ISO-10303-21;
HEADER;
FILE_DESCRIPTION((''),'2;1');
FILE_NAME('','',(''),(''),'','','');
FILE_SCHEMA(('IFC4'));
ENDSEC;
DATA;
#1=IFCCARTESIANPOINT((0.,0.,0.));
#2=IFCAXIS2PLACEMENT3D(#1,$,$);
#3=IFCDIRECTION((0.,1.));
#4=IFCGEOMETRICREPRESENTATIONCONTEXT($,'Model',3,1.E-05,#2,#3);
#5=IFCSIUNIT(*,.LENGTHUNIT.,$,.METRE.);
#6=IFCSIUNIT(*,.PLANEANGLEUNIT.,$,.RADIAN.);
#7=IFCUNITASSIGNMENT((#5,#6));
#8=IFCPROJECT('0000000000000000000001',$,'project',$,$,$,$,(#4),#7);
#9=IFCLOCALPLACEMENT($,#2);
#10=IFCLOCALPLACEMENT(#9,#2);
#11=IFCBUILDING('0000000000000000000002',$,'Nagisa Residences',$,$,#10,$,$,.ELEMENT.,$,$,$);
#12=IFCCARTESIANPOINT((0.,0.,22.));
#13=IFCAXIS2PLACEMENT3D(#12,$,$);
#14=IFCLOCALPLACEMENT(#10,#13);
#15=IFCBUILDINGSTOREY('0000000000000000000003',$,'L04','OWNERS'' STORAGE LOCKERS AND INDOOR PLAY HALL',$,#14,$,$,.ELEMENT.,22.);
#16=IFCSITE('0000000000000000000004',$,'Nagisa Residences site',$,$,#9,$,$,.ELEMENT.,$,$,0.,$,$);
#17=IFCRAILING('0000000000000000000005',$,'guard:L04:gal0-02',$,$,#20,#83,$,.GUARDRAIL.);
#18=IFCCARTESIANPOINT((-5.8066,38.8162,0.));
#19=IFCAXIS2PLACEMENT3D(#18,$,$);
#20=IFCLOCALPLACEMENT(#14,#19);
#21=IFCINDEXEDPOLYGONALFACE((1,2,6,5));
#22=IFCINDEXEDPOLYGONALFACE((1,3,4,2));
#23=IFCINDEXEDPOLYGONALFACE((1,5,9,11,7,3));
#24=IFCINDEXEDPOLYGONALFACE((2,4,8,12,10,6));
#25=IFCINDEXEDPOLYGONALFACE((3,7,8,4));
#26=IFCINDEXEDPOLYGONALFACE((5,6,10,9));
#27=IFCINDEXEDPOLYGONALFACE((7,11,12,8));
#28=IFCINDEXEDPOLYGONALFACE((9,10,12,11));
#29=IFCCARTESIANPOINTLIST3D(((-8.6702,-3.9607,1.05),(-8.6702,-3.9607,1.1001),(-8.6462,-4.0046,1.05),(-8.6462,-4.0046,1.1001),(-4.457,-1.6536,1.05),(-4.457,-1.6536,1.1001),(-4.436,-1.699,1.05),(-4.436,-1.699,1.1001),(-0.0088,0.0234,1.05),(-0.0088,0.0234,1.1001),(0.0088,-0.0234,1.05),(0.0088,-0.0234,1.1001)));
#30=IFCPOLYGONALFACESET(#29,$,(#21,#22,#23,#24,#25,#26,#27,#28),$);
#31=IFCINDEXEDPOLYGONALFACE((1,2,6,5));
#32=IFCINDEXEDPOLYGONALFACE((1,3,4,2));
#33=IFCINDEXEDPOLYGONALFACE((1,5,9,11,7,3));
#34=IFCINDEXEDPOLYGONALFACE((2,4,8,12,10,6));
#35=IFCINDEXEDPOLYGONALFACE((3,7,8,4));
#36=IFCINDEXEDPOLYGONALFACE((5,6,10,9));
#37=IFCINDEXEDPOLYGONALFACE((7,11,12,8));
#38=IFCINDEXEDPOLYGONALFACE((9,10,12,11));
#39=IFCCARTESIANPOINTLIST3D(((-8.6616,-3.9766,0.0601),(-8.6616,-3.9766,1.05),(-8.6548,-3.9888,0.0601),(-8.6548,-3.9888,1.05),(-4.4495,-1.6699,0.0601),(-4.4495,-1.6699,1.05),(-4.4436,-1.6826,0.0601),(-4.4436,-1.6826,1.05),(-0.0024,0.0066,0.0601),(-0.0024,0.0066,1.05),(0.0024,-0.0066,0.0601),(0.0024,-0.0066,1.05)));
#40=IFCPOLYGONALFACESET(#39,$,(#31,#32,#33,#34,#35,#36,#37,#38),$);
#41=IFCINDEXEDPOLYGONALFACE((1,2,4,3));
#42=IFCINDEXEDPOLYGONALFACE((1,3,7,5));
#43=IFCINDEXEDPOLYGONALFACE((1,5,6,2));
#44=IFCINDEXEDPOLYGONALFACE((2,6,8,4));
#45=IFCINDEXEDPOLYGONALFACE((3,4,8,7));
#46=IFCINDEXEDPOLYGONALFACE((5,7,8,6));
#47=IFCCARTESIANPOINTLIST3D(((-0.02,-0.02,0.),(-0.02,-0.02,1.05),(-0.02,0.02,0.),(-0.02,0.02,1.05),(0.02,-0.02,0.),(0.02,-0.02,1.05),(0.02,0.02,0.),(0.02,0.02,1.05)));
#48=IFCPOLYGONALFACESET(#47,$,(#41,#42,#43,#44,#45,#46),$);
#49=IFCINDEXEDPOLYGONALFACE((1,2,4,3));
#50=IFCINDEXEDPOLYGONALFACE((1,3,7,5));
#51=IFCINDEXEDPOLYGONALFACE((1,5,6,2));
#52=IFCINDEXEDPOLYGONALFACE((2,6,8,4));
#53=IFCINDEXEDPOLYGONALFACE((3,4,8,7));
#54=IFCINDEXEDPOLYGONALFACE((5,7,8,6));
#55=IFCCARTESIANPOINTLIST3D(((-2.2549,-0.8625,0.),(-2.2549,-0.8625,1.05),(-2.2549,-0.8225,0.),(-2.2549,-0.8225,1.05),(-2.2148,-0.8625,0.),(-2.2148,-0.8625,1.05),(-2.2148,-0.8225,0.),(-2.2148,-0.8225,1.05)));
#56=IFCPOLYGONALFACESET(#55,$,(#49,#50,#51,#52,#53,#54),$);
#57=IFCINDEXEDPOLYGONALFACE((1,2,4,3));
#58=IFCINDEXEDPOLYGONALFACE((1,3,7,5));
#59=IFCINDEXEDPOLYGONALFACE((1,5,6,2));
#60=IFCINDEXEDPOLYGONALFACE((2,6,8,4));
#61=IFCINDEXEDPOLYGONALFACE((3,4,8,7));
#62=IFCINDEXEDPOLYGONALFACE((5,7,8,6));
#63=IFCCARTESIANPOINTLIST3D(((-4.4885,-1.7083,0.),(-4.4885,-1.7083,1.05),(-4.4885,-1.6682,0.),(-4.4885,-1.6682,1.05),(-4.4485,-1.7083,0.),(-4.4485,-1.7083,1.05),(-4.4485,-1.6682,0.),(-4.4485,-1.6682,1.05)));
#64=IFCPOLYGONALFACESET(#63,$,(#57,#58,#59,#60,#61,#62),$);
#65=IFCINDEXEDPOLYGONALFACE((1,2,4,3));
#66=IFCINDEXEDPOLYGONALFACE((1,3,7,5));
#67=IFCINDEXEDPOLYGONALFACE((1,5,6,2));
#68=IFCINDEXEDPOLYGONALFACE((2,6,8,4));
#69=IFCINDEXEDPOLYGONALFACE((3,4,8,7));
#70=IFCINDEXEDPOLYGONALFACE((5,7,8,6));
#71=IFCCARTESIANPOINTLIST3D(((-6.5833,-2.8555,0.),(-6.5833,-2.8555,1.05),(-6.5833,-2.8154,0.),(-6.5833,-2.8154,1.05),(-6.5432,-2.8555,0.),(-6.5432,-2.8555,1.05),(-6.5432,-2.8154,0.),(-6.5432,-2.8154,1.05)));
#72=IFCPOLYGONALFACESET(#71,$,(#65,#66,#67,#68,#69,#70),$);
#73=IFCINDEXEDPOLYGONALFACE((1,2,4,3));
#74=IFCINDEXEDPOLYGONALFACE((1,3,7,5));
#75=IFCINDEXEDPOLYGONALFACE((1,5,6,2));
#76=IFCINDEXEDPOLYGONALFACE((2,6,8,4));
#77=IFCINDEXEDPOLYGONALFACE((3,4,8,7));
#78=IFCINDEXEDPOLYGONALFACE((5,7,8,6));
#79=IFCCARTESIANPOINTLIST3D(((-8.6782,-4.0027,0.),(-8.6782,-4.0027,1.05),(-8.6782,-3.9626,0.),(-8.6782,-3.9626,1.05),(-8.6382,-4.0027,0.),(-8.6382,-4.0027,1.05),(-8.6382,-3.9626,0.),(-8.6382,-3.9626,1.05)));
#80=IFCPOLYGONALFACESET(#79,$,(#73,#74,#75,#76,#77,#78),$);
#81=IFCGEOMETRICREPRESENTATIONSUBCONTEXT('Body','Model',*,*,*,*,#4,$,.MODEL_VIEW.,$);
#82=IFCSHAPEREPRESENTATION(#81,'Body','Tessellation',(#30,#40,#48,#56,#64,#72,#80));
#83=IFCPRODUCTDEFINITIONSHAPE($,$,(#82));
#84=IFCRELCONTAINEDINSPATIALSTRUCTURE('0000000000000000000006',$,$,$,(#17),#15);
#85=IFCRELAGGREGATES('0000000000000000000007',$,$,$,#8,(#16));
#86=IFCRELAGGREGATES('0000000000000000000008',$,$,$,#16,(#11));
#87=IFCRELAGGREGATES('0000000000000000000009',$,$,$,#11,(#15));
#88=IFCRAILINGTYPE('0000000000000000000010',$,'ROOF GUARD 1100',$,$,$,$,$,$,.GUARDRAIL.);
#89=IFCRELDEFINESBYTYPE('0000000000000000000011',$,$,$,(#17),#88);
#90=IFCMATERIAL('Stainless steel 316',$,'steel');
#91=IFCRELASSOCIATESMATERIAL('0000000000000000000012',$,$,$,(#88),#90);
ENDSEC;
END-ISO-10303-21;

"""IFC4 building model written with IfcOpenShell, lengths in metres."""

from ifc_helpers import new_model, si_unit, direction, frame, origin, origin_2d, place, context, subcontext, project, spatial, polyline, rectangle, outline, extrude, material, type_object, element, save


model = new_model("IFC4")

# Units and contexts
model_context = context("Model", 3, precision=1e-05, world=origin(), true_north=direction((0.0, 1.0)))
body_context = subcontext(model_context, "Body", "Model", "MODEL_VIEW")
ifc_project = project(units=[si_unit("LENGTHUNIT", "METRE"), si_unit("PLANEANGLEUNIT", "RADIAN")], contexts=[model_context])

# Site, building, storey
site_placement = place(None, origin())
site = spatial("IfcSite", under=ifc_project, at=site_placement, Name="Nagisa Residences site", CompositionType="ELEMENT", RefElevation=0.0)
building_placement = place(site_placement, origin())
building = spatial("IfcBuilding", under=site, at=building_placement, Name="Nagisa Residences", CompositionType="ELEMENT")
storey_placement = place(building_placement, frame((0.0, 0.0, 22.0)))
storey = spatial("IfcBuildingStorey", under=building, at=storey_placement, Name="L04", Description="OWNERS' STORAGE LOCKERS AND INDOOR PLAY HALL", CompositionType="ELEMENT", Elevation=22.0)

# Railing
ifc_material_1 = material(Name="Stainless steel 316", Category="steel")
railing_type = type_object("IfcRailingType", Name="ROOF GUARD 1100", PredefinedType="GUARDRAIL", material=ifc_material_1)
railing_placement = place(storey_placement, frame((-5.8066, 38.8162, 0.0)))
element("IfcRailing", 1, at=railing_placement, inside=storey, type_object=railing_type, Name="guard:L04:gal0-02", PredefinedType="GUARDRAIL", context=body_context, shape_type="SweptSolid", body=[
    extrude(outline(polyline([(-4.436, -1.699), (0.0088, -0.0234), (-0.0088, 0.0234), (-4.457, -1.6536), (-8.6702, -3.9607), (-8.6462, -4.0046), (-4.436, -1.699)])), frame((0.0, 0.0, 1.05)), (0.0, 0.0, 1.0), 0.05),
    extrude(outline(polyline([(-4.4436, -1.6826), (0.0024, -0.0066), (-0.0024, 0.0066), (-4.4495, -1.6699), (-8.6616, -3.9766), (-8.6548, -3.9888), (-4.4436, -1.6826)])), frame((0.0, 0.0, 0.0601)), (0.0, 0.0, 1.0), 0.99),
    extrude(rectangle(XDim=0.04, YDim=0.04, at=origin_2d()), origin(), (0.0, 0.0, 1.0), 1.05),
    extrude(rectangle(XDim=0.04, YDim=0.04, at=origin_2d()), frame((-2.2349, -0.8425, 0.0)), (0.0, 0.0, 1.0), 1.05),
    extrude(rectangle(XDim=0.04, YDim=0.04, at=origin_2d()), frame((-4.4685, -1.6882, 0.0)), (0.0, 0.0, 1.0), 1.05),
    extrude(rectangle(XDim=0.04, YDim=0.04, at=origin_2d()), frame((-6.5632, -2.8354, 0.0)), (0.0, 0.0, 1.0), 1.05),
    extrude(rectangle(XDim=0.04, YDim=0.04, at=origin_2d()), frame((-8.6582, -3.9827, 0.0)), (0.0, 0.0, 1.0), 1.05),
])

save(model, "model.ifc")
